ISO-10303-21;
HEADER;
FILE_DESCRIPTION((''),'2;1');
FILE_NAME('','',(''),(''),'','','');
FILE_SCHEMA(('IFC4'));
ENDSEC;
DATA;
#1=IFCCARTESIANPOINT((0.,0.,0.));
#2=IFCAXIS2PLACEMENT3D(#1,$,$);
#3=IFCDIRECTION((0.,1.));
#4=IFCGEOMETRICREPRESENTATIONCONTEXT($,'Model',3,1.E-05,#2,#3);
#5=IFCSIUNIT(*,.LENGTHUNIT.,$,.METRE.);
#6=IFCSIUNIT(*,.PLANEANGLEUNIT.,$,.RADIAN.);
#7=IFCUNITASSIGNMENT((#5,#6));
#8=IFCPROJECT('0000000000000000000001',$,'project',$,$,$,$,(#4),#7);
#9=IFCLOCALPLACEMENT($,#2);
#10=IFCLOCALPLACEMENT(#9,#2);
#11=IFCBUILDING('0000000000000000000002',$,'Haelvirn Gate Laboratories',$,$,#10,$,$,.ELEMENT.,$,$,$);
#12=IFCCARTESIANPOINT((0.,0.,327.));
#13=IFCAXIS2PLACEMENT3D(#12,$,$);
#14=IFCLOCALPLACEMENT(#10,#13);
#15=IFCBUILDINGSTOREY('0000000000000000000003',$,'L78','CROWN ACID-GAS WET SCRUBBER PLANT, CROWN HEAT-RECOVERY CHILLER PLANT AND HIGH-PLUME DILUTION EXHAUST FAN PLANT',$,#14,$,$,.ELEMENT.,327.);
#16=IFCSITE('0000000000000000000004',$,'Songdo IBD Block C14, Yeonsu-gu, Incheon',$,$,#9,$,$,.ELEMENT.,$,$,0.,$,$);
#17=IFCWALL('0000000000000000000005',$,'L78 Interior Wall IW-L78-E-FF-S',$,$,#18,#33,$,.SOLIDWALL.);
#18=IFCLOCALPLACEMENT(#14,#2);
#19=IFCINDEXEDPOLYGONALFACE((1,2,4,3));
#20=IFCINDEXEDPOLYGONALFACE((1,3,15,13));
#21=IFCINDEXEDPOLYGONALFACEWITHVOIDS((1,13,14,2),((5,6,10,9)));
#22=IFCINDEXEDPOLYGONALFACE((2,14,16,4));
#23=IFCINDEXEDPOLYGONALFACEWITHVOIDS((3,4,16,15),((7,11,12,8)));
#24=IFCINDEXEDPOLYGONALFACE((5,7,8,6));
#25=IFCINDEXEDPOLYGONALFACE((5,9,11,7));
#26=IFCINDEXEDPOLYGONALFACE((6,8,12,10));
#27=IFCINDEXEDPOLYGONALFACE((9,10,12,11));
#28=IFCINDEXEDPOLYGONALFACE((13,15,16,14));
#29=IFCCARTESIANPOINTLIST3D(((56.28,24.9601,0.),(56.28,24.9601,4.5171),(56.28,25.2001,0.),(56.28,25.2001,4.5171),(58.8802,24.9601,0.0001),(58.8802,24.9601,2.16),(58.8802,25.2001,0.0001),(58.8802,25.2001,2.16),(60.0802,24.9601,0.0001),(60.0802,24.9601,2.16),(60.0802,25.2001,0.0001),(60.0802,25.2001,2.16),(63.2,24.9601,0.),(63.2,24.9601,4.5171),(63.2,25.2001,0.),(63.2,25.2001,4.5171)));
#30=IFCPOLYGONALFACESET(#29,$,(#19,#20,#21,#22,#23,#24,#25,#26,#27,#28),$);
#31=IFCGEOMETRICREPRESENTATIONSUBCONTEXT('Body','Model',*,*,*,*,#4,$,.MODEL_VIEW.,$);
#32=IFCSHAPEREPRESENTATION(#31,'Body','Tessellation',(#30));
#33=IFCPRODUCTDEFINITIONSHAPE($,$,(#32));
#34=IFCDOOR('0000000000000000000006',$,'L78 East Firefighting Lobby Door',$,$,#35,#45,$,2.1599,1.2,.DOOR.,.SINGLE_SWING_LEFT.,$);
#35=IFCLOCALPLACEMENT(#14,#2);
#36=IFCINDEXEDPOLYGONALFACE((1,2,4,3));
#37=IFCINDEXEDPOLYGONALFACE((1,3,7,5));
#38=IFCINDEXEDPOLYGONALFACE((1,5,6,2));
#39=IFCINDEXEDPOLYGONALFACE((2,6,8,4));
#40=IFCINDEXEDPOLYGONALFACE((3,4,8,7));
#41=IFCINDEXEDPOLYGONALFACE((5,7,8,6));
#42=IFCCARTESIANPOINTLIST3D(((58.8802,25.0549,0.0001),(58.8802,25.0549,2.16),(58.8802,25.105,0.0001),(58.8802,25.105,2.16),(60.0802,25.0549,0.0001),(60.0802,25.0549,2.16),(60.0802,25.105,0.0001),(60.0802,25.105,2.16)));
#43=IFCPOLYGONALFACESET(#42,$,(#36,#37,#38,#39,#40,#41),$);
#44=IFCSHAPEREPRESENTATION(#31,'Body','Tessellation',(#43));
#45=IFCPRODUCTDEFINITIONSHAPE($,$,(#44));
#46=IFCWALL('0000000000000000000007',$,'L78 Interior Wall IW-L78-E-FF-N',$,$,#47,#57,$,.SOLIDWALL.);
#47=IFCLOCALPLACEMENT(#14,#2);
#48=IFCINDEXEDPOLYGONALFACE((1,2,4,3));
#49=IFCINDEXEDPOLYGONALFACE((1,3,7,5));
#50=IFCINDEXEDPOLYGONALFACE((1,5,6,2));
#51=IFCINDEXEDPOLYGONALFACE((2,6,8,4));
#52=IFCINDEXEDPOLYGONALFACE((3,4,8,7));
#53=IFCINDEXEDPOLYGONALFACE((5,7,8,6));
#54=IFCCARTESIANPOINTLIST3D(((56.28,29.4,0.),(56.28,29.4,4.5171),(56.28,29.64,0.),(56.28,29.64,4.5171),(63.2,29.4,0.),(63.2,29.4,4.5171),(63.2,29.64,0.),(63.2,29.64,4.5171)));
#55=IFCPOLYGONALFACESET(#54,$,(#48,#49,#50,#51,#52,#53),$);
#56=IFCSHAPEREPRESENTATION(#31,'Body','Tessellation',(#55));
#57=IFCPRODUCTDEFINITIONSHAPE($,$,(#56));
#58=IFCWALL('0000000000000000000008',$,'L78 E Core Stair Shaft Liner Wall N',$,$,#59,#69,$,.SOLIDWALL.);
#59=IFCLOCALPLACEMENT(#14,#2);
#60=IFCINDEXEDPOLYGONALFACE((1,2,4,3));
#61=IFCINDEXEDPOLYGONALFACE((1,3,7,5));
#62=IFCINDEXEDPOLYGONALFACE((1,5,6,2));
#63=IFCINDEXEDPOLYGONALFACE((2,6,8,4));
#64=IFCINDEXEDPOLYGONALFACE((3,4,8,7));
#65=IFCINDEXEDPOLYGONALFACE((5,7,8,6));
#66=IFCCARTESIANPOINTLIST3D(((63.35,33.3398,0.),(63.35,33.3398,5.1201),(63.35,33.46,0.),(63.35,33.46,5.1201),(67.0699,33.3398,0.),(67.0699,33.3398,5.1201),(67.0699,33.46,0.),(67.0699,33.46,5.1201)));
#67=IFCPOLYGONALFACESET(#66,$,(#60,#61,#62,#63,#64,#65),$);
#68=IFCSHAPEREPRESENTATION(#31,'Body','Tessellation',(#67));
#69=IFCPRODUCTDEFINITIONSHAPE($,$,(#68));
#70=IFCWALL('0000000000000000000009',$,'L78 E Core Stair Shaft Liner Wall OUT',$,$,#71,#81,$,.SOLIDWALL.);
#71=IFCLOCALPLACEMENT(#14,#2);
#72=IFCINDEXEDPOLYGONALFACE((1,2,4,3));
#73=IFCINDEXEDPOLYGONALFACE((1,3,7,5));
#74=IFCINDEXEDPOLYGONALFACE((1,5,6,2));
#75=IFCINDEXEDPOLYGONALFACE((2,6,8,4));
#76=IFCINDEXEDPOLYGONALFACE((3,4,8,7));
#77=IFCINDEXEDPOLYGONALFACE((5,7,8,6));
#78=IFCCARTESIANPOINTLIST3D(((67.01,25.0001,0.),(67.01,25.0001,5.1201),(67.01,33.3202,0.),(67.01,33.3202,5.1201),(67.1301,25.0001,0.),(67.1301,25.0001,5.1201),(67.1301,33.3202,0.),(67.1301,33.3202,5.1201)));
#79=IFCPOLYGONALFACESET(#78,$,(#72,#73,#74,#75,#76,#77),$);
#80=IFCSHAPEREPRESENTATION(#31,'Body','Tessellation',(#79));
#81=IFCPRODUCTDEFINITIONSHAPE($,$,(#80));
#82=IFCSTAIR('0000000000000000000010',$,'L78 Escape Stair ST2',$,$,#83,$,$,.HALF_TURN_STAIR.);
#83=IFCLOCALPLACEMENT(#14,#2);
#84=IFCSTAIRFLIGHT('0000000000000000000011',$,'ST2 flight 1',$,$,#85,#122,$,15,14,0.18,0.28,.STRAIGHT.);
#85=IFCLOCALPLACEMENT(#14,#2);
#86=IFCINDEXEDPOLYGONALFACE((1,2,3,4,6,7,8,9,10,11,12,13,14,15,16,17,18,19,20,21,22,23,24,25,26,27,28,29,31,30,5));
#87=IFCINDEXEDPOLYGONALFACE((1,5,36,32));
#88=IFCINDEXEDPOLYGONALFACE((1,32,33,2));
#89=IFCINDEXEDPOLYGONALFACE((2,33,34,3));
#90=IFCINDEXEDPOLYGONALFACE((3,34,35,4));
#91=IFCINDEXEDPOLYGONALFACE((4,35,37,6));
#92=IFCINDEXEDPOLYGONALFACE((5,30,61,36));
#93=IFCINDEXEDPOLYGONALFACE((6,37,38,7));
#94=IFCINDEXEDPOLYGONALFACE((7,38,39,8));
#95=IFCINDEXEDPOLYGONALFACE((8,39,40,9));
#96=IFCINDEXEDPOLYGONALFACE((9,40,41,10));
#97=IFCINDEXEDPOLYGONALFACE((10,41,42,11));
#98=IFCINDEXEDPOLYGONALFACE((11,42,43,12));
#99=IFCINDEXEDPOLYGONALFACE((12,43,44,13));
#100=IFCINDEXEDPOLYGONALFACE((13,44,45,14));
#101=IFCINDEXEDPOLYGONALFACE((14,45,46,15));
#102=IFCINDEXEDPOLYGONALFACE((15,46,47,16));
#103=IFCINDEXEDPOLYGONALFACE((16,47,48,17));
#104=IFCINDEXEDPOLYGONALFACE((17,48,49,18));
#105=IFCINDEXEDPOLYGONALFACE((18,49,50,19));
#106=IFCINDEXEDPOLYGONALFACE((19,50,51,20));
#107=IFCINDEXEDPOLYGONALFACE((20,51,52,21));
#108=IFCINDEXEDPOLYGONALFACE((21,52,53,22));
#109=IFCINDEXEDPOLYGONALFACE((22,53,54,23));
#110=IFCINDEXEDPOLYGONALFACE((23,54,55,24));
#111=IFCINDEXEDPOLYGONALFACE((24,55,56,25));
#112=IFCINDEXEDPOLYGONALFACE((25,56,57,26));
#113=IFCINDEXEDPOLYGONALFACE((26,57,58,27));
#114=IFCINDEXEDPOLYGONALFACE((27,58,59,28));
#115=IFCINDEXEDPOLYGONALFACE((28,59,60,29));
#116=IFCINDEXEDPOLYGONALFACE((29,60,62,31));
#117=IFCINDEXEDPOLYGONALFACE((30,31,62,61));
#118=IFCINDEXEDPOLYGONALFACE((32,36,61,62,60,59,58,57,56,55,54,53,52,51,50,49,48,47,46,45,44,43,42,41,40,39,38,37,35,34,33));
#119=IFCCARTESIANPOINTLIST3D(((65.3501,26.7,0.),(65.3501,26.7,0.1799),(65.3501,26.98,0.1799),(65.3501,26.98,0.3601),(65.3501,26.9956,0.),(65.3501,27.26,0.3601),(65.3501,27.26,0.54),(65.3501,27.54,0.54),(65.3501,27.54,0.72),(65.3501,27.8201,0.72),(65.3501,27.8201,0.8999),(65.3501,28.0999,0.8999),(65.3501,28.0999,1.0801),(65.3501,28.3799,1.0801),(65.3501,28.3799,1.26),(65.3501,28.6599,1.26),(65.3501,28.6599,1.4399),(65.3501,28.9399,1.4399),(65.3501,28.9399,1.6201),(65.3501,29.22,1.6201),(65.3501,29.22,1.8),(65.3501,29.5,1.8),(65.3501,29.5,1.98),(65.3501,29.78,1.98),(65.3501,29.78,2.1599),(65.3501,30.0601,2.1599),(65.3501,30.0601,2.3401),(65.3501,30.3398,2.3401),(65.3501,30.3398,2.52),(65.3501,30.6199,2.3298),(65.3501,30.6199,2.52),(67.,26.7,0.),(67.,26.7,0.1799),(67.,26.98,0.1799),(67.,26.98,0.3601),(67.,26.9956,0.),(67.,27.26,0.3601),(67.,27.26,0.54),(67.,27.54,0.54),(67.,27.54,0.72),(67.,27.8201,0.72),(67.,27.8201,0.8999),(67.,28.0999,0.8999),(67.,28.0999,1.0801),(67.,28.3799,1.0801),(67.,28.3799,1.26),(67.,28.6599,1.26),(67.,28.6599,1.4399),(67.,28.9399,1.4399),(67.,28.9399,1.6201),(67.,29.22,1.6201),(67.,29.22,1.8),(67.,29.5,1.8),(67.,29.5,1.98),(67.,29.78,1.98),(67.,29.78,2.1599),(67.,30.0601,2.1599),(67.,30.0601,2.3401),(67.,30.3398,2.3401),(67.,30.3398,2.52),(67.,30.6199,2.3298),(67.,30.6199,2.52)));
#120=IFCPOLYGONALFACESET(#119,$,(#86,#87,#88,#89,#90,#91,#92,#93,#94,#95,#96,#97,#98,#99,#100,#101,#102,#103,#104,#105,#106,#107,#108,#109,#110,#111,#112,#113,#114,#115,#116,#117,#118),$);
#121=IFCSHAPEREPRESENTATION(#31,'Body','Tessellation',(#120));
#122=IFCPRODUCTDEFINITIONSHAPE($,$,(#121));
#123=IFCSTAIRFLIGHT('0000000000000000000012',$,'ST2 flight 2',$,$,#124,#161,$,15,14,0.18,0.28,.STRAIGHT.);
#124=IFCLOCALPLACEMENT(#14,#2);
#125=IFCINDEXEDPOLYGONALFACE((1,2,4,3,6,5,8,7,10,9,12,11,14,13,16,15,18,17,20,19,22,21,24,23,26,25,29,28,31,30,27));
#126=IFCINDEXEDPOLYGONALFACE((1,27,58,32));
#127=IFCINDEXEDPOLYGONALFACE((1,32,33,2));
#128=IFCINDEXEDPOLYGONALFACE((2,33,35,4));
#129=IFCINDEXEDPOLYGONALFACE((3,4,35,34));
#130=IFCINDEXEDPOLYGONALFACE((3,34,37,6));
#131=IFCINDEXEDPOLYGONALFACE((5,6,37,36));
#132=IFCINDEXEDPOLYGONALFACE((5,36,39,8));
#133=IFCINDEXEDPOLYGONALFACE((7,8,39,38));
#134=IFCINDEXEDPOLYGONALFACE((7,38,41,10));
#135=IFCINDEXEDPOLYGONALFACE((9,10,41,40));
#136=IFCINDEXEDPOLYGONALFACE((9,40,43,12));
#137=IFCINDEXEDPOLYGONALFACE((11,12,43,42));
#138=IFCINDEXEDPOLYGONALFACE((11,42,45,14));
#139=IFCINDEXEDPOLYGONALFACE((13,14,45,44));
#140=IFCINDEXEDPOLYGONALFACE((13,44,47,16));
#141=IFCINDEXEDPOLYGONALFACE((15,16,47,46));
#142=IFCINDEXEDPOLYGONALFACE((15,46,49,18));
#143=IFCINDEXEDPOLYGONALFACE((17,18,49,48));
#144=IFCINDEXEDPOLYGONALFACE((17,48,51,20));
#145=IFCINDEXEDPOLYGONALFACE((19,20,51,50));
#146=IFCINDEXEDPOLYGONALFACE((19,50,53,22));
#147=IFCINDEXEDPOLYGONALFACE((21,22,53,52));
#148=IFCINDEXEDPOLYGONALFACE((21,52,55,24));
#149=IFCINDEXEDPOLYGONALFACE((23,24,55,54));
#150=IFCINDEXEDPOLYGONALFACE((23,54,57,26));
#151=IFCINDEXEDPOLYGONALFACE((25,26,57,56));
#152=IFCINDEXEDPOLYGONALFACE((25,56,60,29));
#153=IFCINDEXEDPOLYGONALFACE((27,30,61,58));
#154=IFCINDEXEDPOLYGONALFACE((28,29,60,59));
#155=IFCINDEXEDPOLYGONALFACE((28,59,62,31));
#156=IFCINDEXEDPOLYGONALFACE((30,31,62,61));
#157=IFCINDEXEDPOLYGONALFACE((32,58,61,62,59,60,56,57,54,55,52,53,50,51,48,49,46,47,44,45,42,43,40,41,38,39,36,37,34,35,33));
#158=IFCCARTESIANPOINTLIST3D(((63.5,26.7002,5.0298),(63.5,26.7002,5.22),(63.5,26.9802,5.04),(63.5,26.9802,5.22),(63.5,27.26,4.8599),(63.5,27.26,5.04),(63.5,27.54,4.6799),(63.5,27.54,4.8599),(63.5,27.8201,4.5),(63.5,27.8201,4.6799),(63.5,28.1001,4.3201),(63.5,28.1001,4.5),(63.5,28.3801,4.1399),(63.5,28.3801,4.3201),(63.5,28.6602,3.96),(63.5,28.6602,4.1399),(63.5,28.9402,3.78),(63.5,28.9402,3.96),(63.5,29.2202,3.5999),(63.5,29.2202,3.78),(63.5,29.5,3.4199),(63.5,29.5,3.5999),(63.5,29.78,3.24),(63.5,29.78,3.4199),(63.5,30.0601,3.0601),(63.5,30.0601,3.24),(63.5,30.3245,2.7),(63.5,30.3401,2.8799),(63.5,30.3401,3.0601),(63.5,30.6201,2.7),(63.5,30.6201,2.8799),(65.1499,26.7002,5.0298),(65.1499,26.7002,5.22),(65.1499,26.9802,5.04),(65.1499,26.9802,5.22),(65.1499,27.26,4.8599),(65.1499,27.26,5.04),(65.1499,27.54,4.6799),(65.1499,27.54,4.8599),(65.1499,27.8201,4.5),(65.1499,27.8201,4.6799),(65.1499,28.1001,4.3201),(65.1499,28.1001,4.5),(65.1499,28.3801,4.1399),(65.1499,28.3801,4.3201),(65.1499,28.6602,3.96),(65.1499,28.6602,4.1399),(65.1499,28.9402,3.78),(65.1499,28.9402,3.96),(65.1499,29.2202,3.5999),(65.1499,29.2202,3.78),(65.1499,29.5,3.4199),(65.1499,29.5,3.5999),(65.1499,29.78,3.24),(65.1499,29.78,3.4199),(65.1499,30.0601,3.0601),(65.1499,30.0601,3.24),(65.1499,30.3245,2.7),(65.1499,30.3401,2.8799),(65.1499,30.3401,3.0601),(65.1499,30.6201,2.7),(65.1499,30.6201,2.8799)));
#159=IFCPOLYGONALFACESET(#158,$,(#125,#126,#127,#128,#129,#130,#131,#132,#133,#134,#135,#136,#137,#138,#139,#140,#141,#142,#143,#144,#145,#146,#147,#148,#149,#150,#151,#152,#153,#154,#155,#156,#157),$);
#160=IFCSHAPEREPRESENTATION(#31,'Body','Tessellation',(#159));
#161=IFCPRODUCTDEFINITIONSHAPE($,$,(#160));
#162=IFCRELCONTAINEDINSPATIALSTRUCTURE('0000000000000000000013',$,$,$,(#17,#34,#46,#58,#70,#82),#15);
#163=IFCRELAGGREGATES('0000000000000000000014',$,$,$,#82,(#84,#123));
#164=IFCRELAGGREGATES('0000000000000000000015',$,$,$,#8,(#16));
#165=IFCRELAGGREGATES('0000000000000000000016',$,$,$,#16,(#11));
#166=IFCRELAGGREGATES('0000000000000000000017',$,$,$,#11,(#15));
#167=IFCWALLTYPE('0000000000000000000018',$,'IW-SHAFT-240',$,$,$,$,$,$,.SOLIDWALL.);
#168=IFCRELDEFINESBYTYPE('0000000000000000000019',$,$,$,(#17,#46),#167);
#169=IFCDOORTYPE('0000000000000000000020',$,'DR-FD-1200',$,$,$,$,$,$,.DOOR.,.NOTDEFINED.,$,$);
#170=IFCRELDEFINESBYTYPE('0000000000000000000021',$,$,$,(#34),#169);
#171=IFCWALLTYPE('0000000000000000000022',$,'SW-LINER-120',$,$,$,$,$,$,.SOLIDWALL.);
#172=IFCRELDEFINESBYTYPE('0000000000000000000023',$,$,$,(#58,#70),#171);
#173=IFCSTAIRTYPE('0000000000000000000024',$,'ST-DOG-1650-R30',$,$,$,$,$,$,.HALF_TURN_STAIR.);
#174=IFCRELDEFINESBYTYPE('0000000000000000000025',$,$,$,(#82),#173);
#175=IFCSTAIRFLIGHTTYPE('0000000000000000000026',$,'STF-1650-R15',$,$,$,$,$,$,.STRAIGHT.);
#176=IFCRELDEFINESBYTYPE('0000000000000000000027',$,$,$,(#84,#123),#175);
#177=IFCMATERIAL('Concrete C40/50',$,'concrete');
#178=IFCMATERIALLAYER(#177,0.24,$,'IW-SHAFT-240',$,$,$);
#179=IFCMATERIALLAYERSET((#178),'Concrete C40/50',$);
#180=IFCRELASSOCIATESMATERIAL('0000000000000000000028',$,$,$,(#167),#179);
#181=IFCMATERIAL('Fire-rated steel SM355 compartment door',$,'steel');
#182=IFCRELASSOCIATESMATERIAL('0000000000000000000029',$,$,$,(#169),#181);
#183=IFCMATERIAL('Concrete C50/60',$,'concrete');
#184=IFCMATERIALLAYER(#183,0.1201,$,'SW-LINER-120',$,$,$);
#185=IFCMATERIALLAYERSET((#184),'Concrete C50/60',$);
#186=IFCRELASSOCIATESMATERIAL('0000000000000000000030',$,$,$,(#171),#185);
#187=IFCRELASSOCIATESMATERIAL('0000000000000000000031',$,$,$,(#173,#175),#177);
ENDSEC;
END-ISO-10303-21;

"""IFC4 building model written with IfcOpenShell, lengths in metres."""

from ifc_helpers import new_model, si_unit, direction, frame, frame_2d, origin, place, context, subcontext, project, spatial, polyline, rectangle, outline, extrude, source, transform, mapped, material, layer, layer_set, type_object, type_shapes, element, fill, aggregate, save


model = new_model("IFC4")

# Units and contexts
model_context = context("Model", 3, precision=1e-05, world=origin(), true_north=direction((0.0, 1.0)))
body_context = subcontext(model_context, "Body", "Model", "MODEL_VIEW")
ifc_project = project(units=[si_unit("LENGTHUNIT", "METRE"), si_unit("PLANEANGLEUNIT", "RADIAN")], contexts=[model_context])

# Site, building, storey
site_placement = place(None, origin())
site = spatial("IfcSite", under=ifc_project, at=site_placement, Name="Songdo IBD Block C14, Yeonsu-gu, Incheon", CompositionType="ELEMENT", RefElevation=0.0)
building_placement = place(site_placement, origin())
building = spatial("IfcBuilding", under=site, at=building_placement, Name="Haelvirn Gate Laboratories", CompositionType="ELEMENT")
storey_placement = place(building_placement, frame((0.0, 0.0, 327.0)))
storey = spatial("IfcBuildingStorey", under=building, at=storey_placement, Name="L78", Description="CROWN ACID-GAS WET SCRUBBER PLANT, CROWN HEAT-RECOVERY CHILLER PLANT AND HIGH-PLUME DILUTION EXHAUST FAN PLANT", CompositionType="ELEMENT", Elevation=327.0)

# Shared definitions
ifc_material_1 = material(Name="Concrete C50/60", Category="concrete")

# Wall, opening, door
ifc_material_2 = material(Name="Concrete C40/50", Category="concrete")
ifc_layer_1 = layer(ifc_material_2, 0.24, Name="IW-SHAFT-240")
ifc_layer_set_1 = layer_set([ifc_layer_1], Name="Concrete C40/50")
wall_type_1 = type_object("IfcWallType", Name="IW-SHAFT-240", PredefinedType="SOLIDWALL", material=ifc_layer_set_1)
wall_1_placement = place(storey_placement, frame((56.28, 25.0801, 0.0), z_axis=(0.0, 0.0, 1.0), x_axis=(1.0, 0.0, 0.0)))
wall_1 = element("IfcWall", 1, at=wall_1_placement, inside=storey, type_object=wall_type_1, Name="L78 Interior Wall IW-L78-E-FF-S", PredefinedType="SOLIDWALL", context=body_context, shape_type="SweptSolid", body=[
    extrude(rectangle(XDim=6.9199, YDim=0.24, at=frame_2d((3.46, 0.0))), origin(), (0.0, 0.0, 1.0), 4.5171),
])
opening_placement = place(wall_1_placement, frame((2.6001, 0.0, 0.0)))
opening = element("IfcOpeningElement", 2, at=opening_placement, cuts=wall_1, PredefinedType="OPENING", context=body_context, shape_type="SweptSolid", body=[
    extrude(rectangle(XDim=1.2, YDim=2.1599, at=frame_2d((0.6001, 1.0801))), frame((0.0, 0.1299, 0.0), z_axis=(0.0, -1.0, 0.0), x_axis=(1.0, 0.0, 0.0)), (0.0, 0.0, 1.0), 0.26),
])
ifc_material_3 = material(Name="Fire-rated steel SM355 compartment door", Category="steel")
door_type = type_object("IfcDoorType", Name="DR-FD-1200", OperationType="NOTDEFINED", PredefinedType="DOOR", material=ifc_material_3)
shared_shape_1 = source(origin(), body_context, "Body", "SweptSolid", [
    extrude(rectangle(XDim=1.2, YDim=2.1599, at=frame_2d((0.6001, 1.0801))), frame((0.0, 0.0249, 0.0), z_axis=(0.0, -1.0, 0.0), x_axis=(1.0, 0.0, 0.0)), (0.0, 0.0, 1.0), 0.05),
])
type_shapes(door_type, [shared_shape_1])
door_placement = place(opening_placement, origin())
door = element("IfcDoor", 3, at=door_placement, inside=storey, type_object=door_type, Name="L78 East Firefighting Lobby Door", OperationType="SINGLE_SWING_LEFT", OverallHeight=2.1599, OverallWidth=1.2, PredefinedType="DOOR", context=body_context, shape_type="MappedRepresentation", body=[
    mapped(shared_shape_1, transform((0.0, 0.0, 0.0), scale=1.0)),
])
fill(opening, door)

# Walls
wall_2_placement = place(storey_placement, frame((56.28, 29.52, 0.0), z_axis=(0.0, 0.0, 1.0), x_axis=(1.0, 0.0, 0.0)))
element("IfcWall", 4, at=wall_2_placement, inside=storey, type_object=wall_type_1, Name="L78 Interior Wall IW-L78-E-FF-N", PredefinedType="SOLIDWALL", context=body_context, shape_type="SweptSolid", body=[
    extrude(rectangle(XDim=6.9199, YDim=0.24, at=frame_2d((3.46, 0.0))), origin(), (0.0, 0.0, 1.0), 4.5171),
])
ifc_layer_2 = layer(ifc_material_1, 0.1201, Name="SW-LINER-120")
ifc_layer_set_2 = layer_set([ifc_layer_2], Name="Concrete C50/60")
wall_type_2 = type_object("IfcWallType", Name="SW-LINER-120", PredefinedType="SOLIDWALL", material=ifc_layer_set_2)
wall_3_placement = place(storey_placement, frame((63.3501, 33.3999, 0.0), z_axis=(0.0, 0.0, 1.0), x_axis=(1.0, 0.0, 0.0)))
element("IfcWall", 5, at=wall_3_placement, inside=storey, type_object=wall_type_2, Name="L78 E Core Stair Shaft Liner Wall N", PredefinedType="SOLIDWALL", context=body_context, shape_type="SweptSolid", body=[
    extrude(rectangle(XDim=3.72, YDim=0.1201, at=frame_2d((1.8599, 0.0))), origin(), (0.0, 0.0, 1.0), 5.1201),
])
wall_4_placement = place(storey_placement, frame((67.0701, 25.0, 0.0), z_axis=(0.0, 0.0, 1.0), x_axis=(0.0, 1.0, 0.0)))
element("IfcWall", 6, at=wall_4_placement, inside=storey, type_object=wall_type_2, Name="L78 E Core Stair Shaft Liner Wall OUT", PredefinedType="SOLIDWALL", context=body_context, shape_type="SweptSolid", body=[
    extrude(rectangle(XDim=8.3201, YDim=0.1201, at=frame_2d((4.1602, 0.0))), origin(), (0.0, 0.0, 1.0), 5.1201),
])

# Stair, stair flights
stair_type = type_object("IfcStairType", Name="ST-DOG-1650-R30", PredefinedType="HALF_TURN_STAIR", material=ifc_material_2)
stair_placement = place(storey_placement, origin())
stair = element("IfcStair", 7, at=stair_placement, inside=storey, type_object=stair_type, Name="L78 Escape Stair ST2", PredefinedType="HALF_TURN_STAIR")
stair_flight_type = type_object("IfcStairFlightType", Name="STF-1650-R15", PredefinedType="STRAIGHT", material=ifc_material_2)
shared_shape_2 = source(origin(), body_context, "Body", "SweptSolid", [
    extrude(outline(polyline([(0.0, 0.0), (0.0, 0.1799), (0.28, 0.1799), (0.28, 0.3601), (0.5601, 0.3601), (0.5601, 0.54), (0.8401, 0.54), (0.8401, 0.72), (1.1201, 0.72), (1.1201, 0.8999), (1.3999, 0.8999), (1.3999, 1.0801), (1.6799, 1.0801), (1.6799, 1.26), (1.96, 1.26), (1.96, 1.4399), (2.24, 1.4399), (2.24, 1.6201), (2.52, 1.6201), (2.52, 1.8), (2.8, 1.8), (2.8, 1.98), (3.0801, 1.98), (3.0801, 2.1599), (3.3601, 2.1599), (3.3601, 2.3401), (3.6399, 2.3401), (3.6399, 2.52), (3.9199, 2.52), (3.9199, 2.7), (3.9199, 2.3298), (0.2957, 0.0), (0.0, 0.0)])), frame((0.0, 0.825, 0.0), z_axis=(0.0, -1.0, 0.0), x_axis=(1.0, 0.0, 0.0)), (0.0, 0.0, 1.0), 1.6499),
])
type_shapes(stair_flight_type, [shared_shape_2])
stair_flight_1_placement = place(storey_placement, frame((66.175, 26.7, 0.0), z_axis=(0.0, 0.0, 1.0), x_axis=(0.0, 1.0, 0.0)))
stair_flight_1 = element("IfcStairFlight", 8, at=stair_flight_1_placement, type_object=stair_flight_type, Name="ST2 flight 1", NumberOfRisers=15, NumberOfTreads=14, PredefinedType="STRAIGHT", RiserHeight=0.18, TreadLength=0.28, context=body_context, shape_type="MappedRepresentation", body=[
    mapped(shared_shape_2, transform((0.0, 0.0, 0.0), scale=1.0)),
])
stair_flight_2_placement = place(storey_placement, frame((64.325, 30.6201, 2.7), z_axis=(0.0, 0.0, 1.0), x_axis=(0.0, -1.0, 0.0)))
stair_flight_2 = element("IfcStairFlight", 9, at=stair_flight_2_placement, type_object=stair_flight_type, Name="ST2 flight 2", NumberOfRisers=15, NumberOfTreads=14, PredefinedType="STRAIGHT", RiserHeight=0.18, TreadLength=0.28, context=body_context, shape_type="MappedRepresentation", body=[
    mapped(shared_shape_2, transform((0.0, 0.0, 0.0), scale=1.0)),
])
aggregate(stair, [stair_flight_1, stair_flight_2])

save(model, "model.ifc")
